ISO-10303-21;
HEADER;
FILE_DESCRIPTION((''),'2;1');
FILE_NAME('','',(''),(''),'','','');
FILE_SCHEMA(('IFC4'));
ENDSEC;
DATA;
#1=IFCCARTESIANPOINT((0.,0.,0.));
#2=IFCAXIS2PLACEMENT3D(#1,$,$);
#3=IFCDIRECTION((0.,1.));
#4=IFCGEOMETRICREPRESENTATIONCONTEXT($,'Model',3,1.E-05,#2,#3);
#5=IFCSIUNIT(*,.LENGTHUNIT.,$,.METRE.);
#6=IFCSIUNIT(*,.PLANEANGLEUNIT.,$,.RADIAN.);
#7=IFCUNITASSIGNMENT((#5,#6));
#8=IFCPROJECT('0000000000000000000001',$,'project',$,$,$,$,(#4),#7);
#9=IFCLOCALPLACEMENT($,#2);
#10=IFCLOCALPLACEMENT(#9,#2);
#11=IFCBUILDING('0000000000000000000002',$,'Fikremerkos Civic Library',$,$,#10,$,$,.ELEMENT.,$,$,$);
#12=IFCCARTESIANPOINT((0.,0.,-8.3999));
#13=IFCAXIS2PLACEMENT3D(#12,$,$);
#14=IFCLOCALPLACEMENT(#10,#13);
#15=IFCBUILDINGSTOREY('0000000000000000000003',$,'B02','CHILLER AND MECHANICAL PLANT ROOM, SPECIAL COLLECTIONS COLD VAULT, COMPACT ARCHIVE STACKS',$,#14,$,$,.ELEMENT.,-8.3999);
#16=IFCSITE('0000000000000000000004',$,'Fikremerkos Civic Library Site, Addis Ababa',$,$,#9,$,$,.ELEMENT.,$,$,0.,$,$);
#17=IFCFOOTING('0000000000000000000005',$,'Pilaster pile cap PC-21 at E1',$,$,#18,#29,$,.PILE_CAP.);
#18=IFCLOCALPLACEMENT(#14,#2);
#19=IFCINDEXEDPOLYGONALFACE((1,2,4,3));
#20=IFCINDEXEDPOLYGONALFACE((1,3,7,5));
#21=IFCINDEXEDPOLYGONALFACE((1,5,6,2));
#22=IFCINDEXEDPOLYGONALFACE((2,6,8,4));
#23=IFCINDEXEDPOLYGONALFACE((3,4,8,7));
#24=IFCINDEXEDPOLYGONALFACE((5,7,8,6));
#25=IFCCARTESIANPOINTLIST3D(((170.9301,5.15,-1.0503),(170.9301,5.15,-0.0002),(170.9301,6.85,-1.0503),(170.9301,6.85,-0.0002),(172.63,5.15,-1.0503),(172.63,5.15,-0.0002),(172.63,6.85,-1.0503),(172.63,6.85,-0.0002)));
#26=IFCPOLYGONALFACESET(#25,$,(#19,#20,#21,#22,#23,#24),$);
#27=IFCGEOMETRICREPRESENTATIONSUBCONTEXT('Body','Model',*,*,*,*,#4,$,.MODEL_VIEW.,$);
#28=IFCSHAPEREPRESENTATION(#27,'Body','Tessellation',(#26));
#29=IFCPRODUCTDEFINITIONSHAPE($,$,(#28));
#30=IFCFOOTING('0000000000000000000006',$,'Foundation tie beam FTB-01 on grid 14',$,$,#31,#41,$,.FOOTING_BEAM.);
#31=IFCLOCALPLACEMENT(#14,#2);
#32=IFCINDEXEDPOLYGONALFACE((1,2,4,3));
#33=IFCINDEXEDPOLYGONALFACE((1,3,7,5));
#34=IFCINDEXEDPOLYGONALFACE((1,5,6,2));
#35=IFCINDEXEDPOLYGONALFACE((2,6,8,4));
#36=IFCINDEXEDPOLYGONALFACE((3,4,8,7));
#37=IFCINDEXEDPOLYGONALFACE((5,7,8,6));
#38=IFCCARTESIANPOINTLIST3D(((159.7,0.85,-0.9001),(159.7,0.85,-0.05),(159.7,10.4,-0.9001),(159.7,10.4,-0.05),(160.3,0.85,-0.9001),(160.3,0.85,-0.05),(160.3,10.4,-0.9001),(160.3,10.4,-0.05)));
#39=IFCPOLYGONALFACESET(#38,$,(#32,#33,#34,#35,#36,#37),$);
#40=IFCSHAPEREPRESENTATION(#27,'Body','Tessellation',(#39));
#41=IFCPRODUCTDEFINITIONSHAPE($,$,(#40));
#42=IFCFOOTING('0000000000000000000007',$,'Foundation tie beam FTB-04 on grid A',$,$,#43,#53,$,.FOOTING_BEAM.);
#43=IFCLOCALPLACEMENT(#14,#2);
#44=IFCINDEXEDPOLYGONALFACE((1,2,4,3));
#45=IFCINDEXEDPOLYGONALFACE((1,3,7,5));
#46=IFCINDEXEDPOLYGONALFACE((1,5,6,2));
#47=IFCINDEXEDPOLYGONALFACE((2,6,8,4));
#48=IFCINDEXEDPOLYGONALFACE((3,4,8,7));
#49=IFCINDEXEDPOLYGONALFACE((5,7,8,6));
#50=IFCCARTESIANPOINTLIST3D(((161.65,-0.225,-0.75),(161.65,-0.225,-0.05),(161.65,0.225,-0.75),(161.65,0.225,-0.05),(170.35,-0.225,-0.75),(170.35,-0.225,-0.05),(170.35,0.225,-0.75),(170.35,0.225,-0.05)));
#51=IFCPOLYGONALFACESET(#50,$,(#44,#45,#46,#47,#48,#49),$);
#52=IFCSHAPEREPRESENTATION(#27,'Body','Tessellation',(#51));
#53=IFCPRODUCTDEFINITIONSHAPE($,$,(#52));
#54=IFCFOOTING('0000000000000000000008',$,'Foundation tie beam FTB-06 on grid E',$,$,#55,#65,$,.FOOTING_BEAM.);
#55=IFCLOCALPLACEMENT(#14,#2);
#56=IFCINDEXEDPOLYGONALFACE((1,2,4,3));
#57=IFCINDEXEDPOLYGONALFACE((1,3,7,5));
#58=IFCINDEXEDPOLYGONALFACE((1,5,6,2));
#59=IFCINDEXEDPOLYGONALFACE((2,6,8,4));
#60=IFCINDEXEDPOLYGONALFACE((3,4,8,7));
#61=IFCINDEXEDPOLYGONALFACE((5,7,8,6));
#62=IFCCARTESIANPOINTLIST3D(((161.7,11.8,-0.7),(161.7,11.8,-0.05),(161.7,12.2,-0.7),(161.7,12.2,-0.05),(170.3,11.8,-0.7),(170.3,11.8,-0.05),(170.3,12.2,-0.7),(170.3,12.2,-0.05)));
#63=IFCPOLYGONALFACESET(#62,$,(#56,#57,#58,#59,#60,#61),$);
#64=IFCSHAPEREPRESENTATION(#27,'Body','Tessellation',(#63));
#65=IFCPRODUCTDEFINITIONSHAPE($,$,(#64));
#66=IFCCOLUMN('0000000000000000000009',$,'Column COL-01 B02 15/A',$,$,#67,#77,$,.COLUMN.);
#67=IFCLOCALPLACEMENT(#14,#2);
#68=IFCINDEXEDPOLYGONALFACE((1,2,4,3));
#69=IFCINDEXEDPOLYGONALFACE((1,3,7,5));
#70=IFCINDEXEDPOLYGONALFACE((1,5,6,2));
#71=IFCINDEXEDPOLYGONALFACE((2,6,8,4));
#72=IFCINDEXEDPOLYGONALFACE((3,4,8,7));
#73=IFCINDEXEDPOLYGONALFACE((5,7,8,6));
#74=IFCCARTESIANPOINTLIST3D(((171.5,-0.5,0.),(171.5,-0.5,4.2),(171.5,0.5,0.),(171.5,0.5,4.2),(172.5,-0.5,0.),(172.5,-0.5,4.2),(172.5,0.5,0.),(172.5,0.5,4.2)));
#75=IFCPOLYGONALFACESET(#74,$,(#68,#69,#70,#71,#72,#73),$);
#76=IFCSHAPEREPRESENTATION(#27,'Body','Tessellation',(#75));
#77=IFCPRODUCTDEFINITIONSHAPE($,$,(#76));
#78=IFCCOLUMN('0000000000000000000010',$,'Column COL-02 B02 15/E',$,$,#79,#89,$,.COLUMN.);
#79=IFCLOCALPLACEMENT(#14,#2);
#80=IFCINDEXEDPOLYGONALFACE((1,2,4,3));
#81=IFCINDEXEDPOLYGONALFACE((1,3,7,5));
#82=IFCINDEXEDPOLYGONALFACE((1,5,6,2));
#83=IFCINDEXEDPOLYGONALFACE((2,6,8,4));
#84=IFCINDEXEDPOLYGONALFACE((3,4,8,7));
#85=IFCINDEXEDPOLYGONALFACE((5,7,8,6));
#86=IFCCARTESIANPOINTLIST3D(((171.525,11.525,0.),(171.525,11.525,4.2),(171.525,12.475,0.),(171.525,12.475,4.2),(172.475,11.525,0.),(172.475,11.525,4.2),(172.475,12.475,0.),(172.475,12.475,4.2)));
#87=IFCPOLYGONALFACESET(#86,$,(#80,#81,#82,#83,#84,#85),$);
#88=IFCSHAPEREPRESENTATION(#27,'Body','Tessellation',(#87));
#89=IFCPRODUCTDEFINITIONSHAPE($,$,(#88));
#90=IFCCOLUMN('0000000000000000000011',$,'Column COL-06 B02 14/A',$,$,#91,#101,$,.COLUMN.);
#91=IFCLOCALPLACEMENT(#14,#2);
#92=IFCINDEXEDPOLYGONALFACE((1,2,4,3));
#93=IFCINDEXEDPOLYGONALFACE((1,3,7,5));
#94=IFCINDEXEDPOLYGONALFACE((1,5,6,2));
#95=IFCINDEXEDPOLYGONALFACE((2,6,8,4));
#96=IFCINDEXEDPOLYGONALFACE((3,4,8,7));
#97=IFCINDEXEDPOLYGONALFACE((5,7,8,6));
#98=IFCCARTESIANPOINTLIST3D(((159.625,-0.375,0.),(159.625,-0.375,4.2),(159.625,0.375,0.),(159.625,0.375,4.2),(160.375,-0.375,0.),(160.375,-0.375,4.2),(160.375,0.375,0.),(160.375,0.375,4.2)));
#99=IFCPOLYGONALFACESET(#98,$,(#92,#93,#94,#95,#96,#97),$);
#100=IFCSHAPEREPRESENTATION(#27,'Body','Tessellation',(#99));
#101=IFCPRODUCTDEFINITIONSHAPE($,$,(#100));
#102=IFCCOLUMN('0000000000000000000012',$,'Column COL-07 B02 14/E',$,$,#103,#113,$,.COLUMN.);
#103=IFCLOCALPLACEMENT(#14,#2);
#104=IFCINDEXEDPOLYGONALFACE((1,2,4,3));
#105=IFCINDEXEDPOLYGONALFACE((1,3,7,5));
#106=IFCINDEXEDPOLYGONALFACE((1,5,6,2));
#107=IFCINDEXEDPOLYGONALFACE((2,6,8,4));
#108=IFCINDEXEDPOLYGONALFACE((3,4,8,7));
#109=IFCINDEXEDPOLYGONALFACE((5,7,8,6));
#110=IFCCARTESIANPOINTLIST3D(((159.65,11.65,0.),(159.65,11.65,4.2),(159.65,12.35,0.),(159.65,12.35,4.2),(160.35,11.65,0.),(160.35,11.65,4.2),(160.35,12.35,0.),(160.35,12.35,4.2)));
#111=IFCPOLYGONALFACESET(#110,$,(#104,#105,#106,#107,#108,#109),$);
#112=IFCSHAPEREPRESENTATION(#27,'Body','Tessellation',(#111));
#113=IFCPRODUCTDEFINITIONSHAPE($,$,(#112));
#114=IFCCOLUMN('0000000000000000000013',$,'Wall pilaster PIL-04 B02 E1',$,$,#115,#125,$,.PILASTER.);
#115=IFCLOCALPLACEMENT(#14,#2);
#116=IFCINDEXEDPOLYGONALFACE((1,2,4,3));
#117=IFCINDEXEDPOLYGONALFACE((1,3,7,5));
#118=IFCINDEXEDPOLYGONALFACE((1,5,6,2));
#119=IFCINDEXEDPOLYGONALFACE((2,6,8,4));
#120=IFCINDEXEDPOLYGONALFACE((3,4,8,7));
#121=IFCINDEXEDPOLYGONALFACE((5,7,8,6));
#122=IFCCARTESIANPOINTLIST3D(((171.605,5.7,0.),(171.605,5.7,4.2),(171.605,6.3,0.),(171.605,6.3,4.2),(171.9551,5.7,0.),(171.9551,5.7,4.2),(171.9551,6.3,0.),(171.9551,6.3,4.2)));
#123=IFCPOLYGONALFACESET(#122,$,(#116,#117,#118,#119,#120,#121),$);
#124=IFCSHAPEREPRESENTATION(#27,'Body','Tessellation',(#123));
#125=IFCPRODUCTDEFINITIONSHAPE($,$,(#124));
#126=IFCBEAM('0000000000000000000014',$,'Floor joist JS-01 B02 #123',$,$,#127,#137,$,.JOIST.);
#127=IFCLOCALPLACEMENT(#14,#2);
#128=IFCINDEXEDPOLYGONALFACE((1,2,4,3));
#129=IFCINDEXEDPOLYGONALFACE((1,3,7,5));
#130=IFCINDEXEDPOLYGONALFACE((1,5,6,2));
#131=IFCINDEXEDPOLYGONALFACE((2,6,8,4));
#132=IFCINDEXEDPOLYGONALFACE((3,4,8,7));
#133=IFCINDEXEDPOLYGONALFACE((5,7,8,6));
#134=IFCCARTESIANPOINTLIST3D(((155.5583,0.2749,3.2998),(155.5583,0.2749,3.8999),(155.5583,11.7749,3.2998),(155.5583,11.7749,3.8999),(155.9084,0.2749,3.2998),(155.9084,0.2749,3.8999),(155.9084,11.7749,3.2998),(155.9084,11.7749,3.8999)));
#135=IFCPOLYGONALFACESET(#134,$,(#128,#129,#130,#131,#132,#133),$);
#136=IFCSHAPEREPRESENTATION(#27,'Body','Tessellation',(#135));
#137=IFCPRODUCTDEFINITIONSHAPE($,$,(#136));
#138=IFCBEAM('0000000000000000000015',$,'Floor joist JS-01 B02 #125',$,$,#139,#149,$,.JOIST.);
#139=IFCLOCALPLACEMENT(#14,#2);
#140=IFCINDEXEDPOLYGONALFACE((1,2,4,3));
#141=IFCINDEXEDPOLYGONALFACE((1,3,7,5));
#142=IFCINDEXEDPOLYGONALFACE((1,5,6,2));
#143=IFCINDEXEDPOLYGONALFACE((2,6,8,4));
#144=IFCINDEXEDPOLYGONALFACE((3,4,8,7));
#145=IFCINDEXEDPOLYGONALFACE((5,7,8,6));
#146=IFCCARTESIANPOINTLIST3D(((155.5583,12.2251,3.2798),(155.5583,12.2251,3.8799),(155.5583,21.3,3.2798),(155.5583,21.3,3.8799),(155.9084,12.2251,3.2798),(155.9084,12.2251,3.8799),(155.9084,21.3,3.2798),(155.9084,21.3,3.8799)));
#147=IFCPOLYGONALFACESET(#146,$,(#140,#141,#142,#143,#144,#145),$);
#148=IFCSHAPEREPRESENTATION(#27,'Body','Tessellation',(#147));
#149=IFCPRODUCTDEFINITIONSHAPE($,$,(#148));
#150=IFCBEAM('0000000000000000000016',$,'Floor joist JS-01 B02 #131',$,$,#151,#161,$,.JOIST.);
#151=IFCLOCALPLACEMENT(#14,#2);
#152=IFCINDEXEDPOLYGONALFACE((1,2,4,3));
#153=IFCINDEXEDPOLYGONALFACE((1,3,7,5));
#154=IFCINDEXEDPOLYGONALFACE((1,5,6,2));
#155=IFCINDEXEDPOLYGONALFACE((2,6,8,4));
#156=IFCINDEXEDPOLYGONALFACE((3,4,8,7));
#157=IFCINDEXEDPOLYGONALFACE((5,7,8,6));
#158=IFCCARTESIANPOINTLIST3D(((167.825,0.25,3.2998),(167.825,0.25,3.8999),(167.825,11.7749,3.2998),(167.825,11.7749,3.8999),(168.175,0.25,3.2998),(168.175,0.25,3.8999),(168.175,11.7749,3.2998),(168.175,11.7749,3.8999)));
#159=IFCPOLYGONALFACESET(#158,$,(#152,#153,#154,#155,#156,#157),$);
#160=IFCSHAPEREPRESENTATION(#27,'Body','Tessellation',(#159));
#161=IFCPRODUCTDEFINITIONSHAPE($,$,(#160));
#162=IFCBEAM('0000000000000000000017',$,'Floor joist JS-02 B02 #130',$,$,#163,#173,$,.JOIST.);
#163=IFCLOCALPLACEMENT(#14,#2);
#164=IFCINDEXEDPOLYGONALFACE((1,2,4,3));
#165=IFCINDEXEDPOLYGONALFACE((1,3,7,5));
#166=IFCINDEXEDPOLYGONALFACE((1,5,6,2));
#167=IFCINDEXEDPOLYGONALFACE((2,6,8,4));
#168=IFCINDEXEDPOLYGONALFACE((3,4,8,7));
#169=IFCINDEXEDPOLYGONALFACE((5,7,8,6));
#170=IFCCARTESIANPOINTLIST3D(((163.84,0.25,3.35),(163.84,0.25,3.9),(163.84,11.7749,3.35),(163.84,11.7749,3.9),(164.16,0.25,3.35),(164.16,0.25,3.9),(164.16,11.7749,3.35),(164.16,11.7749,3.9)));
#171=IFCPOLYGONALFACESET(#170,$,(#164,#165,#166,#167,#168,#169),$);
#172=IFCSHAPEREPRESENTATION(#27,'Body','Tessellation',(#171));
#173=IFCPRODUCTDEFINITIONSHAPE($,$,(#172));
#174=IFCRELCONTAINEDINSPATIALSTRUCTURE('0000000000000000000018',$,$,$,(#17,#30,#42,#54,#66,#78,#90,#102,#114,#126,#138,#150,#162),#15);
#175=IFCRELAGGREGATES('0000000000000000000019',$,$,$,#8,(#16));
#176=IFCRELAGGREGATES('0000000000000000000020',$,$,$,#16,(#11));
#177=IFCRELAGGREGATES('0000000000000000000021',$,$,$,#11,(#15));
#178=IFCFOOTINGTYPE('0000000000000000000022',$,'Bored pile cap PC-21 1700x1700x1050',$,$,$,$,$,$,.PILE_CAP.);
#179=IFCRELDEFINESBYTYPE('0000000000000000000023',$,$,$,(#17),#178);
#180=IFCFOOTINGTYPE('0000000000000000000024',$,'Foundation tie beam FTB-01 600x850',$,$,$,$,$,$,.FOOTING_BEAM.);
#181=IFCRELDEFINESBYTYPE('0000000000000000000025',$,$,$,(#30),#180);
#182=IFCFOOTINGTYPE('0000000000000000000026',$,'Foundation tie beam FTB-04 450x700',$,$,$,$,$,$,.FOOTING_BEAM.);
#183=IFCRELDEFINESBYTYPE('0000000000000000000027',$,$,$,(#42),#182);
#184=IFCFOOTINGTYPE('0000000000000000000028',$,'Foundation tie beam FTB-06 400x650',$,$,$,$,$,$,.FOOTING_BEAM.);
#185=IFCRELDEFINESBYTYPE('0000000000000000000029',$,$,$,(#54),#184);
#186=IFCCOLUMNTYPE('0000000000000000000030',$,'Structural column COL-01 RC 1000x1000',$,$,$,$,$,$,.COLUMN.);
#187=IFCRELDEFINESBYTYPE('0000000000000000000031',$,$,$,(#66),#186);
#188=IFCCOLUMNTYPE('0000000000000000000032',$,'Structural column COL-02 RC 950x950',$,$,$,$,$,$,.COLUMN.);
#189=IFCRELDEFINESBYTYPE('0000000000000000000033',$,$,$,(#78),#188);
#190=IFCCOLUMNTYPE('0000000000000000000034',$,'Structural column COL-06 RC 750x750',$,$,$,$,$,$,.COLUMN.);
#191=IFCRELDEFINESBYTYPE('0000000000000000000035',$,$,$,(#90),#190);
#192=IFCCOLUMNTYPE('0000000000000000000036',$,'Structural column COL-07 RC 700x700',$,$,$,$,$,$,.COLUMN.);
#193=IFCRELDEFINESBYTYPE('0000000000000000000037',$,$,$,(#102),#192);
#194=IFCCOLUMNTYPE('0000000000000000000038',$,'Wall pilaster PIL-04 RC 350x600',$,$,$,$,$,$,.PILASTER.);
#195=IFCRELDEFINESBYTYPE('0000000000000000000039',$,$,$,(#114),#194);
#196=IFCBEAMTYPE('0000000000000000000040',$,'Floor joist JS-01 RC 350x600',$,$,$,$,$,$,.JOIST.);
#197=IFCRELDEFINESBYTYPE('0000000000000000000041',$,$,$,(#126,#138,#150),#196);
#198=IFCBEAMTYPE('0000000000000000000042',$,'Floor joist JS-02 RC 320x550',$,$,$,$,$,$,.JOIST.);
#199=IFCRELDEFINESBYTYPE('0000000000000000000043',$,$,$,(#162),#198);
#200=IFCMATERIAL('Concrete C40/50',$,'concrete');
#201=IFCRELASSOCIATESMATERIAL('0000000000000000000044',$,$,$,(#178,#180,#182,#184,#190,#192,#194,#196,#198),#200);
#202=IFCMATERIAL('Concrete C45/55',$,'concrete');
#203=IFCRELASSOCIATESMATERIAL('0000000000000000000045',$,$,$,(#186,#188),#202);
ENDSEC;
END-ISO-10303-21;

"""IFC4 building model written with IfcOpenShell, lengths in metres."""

from ifc_helpers import new_model, si_unit, direction, frame, origin, origin_2d, place, context, subcontext, project, spatial, rectangle, extrude, material, material_profile, profile_set, type_object, element, save


model = new_model("IFC4")

# Units and contexts
model_context = context("Model", 3, precision=1e-05, world=origin(), true_north=direction((0.0, 1.0)))
body_context = subcontext(model_context, "Body", "Model", "MODEL_VIEW")
ifc_project = project(units=[si_unit("LENGTHUNIT", "METRE"), si_unit("PLANEANGLEUNIT", "RADIAN")], contexts=[model_context])

# Site, building, storey
site_placement = place(None, origin())
site = spatial("IfcSite", under=ifc_project, at=site_placement, Name="Fikremerkos Civic Library Site, Addis Ababa", CompositionType="ELEMENT", RefElevation=0.0)
building_placement = place(site_placement, origin())
building = spatial("IfcBuilding", under=site, at=building_placement, Name="Fikremerkos Civic Library", CompositionType="ELEMENT")
storey_placement = place(building_placement, frame((0.0, 0.0, -8.3999)))
storey = spatial("IfcBuildingStorey", under=building, at=storey_placement, Name="B02", Description="CHILLER AND MECHANICAL PLANT ROOM, SPECIAL COLLECTIONS COLD VAULT, COMPACT ARCHIVE STACKS", CompositionType="ELEMENT", Elevation=-8.3999)

# Footings
ifc_material_1 = material(Name="Concrete C40/50", Category="concrete")
footing_type_1 = type_object("IfcFootingType", Name="Bored pile cap PC-21 1700x1700x1050", PredefinedType="PILE_CAP", material=ifc_material_1)
footing_1_placement = place(storey_placement, frame((171.78, 6.0, -1.0503), z_axis=(0.0, 0.0, 1.0), x_axis=(1.0, 0.0, 0.0)))
element("IfcFooting", 1, at=footing_1_placement, inside=storey, type_object=footing_type_1, Name="Pilaster pile cap PC-21 at E1", PredefinedType="PILE_CAP", context=body_context, shape_type="SweptSolid", body=[
    extrude(rectangle(XDim=1.7, YDim=1.7, at=origin_2d()), origin(), (0.0, 0.0, 1.0), 1.05),
])
footing_type_2 = type_object("IfcFootingType", Name="Foundation tie beam FTB-01 600x850", PredefinedType="FOOTING_BEAM", material=ifc_material_1)
footing_2_placement = place(storey_placement, frame((160.0, 5.625, -0.9001), z_axis=(0.0, 0.0, 1.0), x_axis=(0.0, 1.0, 0.0)))
element("IfcFooting", 2, at=footing_2_placement, inside=storey, type_object=footing_type_2, Name="Foundation tie beam FTB-01 on grid 14", PredefinedType="FOOTING_BEAM", context=body_context, shape_type="SweptSolid", body=[
    extrude(rectangle(XDim=9.55, YDim=0.6001, at=origin_2d()), origin(), (0.0, 0.0, 1.0), 0.8501),
])
footing_type_3 = type_object("IfcFootingType", Name="Foundation tie beam FTB-04 450x700", PredefinedType="FOOTING_BEAM", material=ifc_material_1)
footing_3_placement = place(storey_placement, frame((166.0, 0.0, -0.75), z_axis=(0.0, 0.0, 1.0), x_axis=(1.0, 0.0, 0.0)))
element("IfcFooting", 3, at=footing_3_placement, inside=storey, type_object=footing_type_3, Name="Foundation tie beam FTB-04 on grid A", PredefinedType="FOOTING_BEAM", context=body_context, shape_type="SweptSolid", body=[
    extrude(rectangle(XDim=8.7, YDim=0.45, at=origin_2d()), origin(), (0.0, 0.0, 1.0), 0.7),
])
footing_type_4 = type_object("IfcFootingType", Name="Foundation tie beam FTB-06 400x650", PredefinedType="FOOTING_BEAM", material=ifc_material_1)
footing_4_placement = place(storey_placement, frame((166.0, 12.0, -0.7), z_axis=(0.0, 0.0, 1.0), x_axis=(1.0, 0.0, 0.0)))
element("IfcFooting", 4, at=footing_4_placement, inside=storey, type_object=footing_type_4, Name="Foundation tie beam FTB-06 on grid E", PredefinedType="FOOTING_BEAM", context=body_context, shape_type="SweptSolid", body=[
    extrude(rectangle(XDim=8.6001, YDim=0.3999, at=origin_2d()), origin(), (0.0, 0.0, 1.0), 0.6499),
])

# Columns
ifc_material_2 = material(Name="Concrete C45/55", Category="concrete")
ifc_material_profile_1 = material_profile(ifc_material_2, rectangle(XDim=1.0, YDim=1.0, at=origin_2d()), Name="RC 1000x1000")
ifc_profile_set_1 = profile_set([ifc_material_profile_1], Name="Concrete C45/55")
column_type_1 = type_object("IfcColumnType", Name="Structural column COL-01 RC 1000x1000", PredefinedType="COLUMN", material=ifc_profile_set_1)
column_1_placement = place(storey_placement, frame((172.0, 0.0, 0.0), z_axis=(0.0, 0.0, 1.0), x_axis=(1.0, 0.0, 0.0)))
element("IfcColumn", 5, at=column_1_placement, inside=storey, type_object=column_type_1, Name="Column COL-01 B02 15/A", PredefinedType="COLUMN", context=body_context, shape_type="SweptSolid", body=[
    extrude(rectangle(XDim=1.0, YDim=1.0, at=origin_2d()), origin(), (0.0, 0.0, 1.0), 4.2),
])
ifc_material_profile_2 = material_profile(ifc_material_2, rectangle(XDim=0.95, YDim=0.95, at=origin_2d()), Name="RC 950x950")
ifc_profile_set_2 = profile_set([ifc_material_profile_2], Name="Concrete C45/55")
column_type_2 = type_object("IfcColumnType", Name="Structural column COL-02 RC 950x950", PredefinedType="COLUMN", material=ifc_profile_set_2)
column_2_placement = place(storey_placement, frame((172.0, 12.0, 0.0), z_axis=(0.0, 0.0, 1.0), x_axis=(1.0, 0.0, 0.0)))
element("IfcColumn", 6, at=column_2_placement, inside=storey, type_object=column_type_2, Name="Column COL-02 B02 15/E", PredefinedType="COLUMN", context=body_context, shape_type="SweptSolid", body=[
    extrude(rectangle(XDim=0.95, YDim=0.95, at=origin_2d()), origin(), (0.0, 0.0, 1.0), 4.2),
])
ifc_material_profile_3 = material_profile(ifc_material_1, rectangle(XDim=0.75, YDim=0.75, at=origin_2d()), Name="RC 750x750")
ifc_profile_set_3 = profile_set([ifc_material_profile_3], Name="Concrete C40/50")
column_type_3 = type_object("IfcColumnType", Name="Structural column COL-06 RC 750x750", PredefinedType="COLUMN", material=ifc_profile_set_3)
column_3_placement = place(storey_placement, frame((160.0, 0.0, 0.0), z_axis=(0.0, 0.0, 1.0), x_axis=(1.0, 0.0, 0.0)))
element("IfcColumn", 7, at=column_3_placement, inside=storey, type_object=column_type_3, Name="Column COL-06 B02 14/A", PredefinedType="COLUMN", context=body_context, shape_type="SweptSolid", body=[
    extrude(rectangle(XDim=0.75, YDim=0.75, at=origin_2d()), origin(), (0.0, 0.0, 1.0), 4.2),
])
ifc_material_profile_4 = material_profile(ifc_material_1, rectangle(XDim=0.7, YDim=0.7, at=origin_2d()), Name="RC 700x700")
ifc_profile_set_4 = profile_set([ifc_material_profile_4], Name="Concrete C40/50")
column_type_4 = type_object("IfcColumnType", Name="Structural column COL-07 RC 700x700", PredefinedType="COLUMN", material=ifc_profile_set_4)
column_4_placement = place(storey_placement, frame((160.0, 12.0, 0.0), z_axis=(0.0, 0.0, 1.0), x_axis=(1.0, 0.0, 0.0)))
element("IfcColumn", 8, at=column_4_placement, inside=storey, type_object=column_type_4, Name="Column COL-07 B02 14/E", PredefinedType="COLUMN", context=body_context, shape_type="SweptSolid", body=[
    extrude(rectangle(XDim=0.7, YDim=0.7, at=origin_2d()), origin(), (0.0, 0.0, 1.0), 4.2),
])
ifc_material_profile_5 = material_profile(ifc_material_1, rectangle(XDim=0.3501, YDim=0.6001, at=origin_2d()), Name="RC 350x600")
ifc_profile_set_5 = profile_set([ifc_material_profile_5], Name="Concrete C40/50")
column_type_5 = type_object("IfcColumnType", Name="Wall pilaster PIL-04 RC 350x600", PredefinedType="PILASTER", material=ifc_profile_set_5)
column_5_placement = place(storey_placement, frame((171.78, 6.0, 0.0), z_axis=(0.0, 0.0, 1.0), x_axis=(1.0, 0.0, 0.0)))
element("IfcColumn", 9, at=column_5_placement, inside=storey, type_object=column_type_5, Name="Wall pilaster PIL-04 B02 E1", PredefinedType="PILASTER", context=body_context, shape_type="SweptSolid", body=[
    extrude(rectangle(XDim=0.3501, YDim=0.6001, at=origin_2d()), origin(), (0.0, 0.0, 1.0), 4.2),
])

# Beams
ifc_material_profile_6 = material_profile(ifc_material_1, rectangle(XDim=0.3501, YDim=0.6001, at=origin_2d()), Name="RC 350x600")
ifc_profile_set_6 = profile_set([ifc_material_profile_6], Name="Concrete C40/50")
beam_type_1 = type_object("IfcBeamType", Name="Floor joist JS-01 RC 350x600", PredefinedType="JOIST", material=ifc_profile_set_6)
beam_1_placement = place(storey_placement, frame((155.7334, 0.2749, 3.5999), z_axis=(0.0, 1.0, 0.0), x_axis=(-1.0, 0.0, 0.0)))
element("IfcBeam", 10, at=beam_1_placement, inside=storey, type_object=beam_type_1, Name="Floor joist JS-01 B02 #123", PredefinedType="JOIST", context=body_context, shape_type="SweptSolid", body=[
    extrude(rectangle(XDim=0.3501, YDim=0.6001, at=origin_2d()), origin(), (0.0, 0.0, 1.0), 11.5),
])
beam_2_placement = place(storey_placement, frame((155.7334, 12.2251, 3.5798), z_axis=(0.0, 1.0, 0.0), x_axis=(-1.0, 0.0, 0.0)))
element("IfcBeam", 11, at=beam_2_placement, inside=storey, type_object=beam_type_1, Name="Floor joist JS-01 B02 #125", PredefinedType="JOIST", context=body_context, shape_type="SweptSolid", body=[
    extrude(rectangle(XDim=0.3501, YDim=0.6001, at=origin_2d()), origin(), (0.0, 0.0, 1.0), 9.075),
])
beam_3_placement = place(storey_placement, frame((168.0, 0.25, 3.5999), z_axis=(0.0, 1.0, 0.0), x_axis=(-1.0, 0.0, 0.0)))
element("IfcBeam", 12, at=beam_3_placement, inside=storey, type_object=beam_type_1, Name="Floor joist JS-01 B02 #131", PredefinedType="JOIST", context=body_context, shape_type="SweptSolid", body=[
    extrude(rectangle(XDim=0.3501, YDim=0.6001, at=origin_2d()), origin(), (0.0, 0.0, 1.0), 11.5249),
])
ifc_material_profile_7 = material_profile(ifc_material_1, rectangle(XDim=0.3201, YDim=0.55, at=origin_2d()), Name="RC 320x550")
ifc_profile_set_7 = profile_set([ifc_material_profile_7], Name="Concrete C40/50")
beam_type_2 = type_object("IfcBeamType", Name="Floor joist JS-02 RC 320x550", PredefinedType="JOIST", material=ifc_profile_set_7)
beam_4_placement = place(storey_placement, frame((164.0, 0.25, 3.625), z_axis=(0.0, 1.0, 0.0), x_axis=(-1.0, 0.0, 0.0)))
element("IfcBeam", 13, at=beam_4_placement, inside=storey, type_object=beam_type_2, Name="Floor joist JS-02 B02 #130", PredefinedType="JOIST", context=body_context, shape_type="SweptSolid", body=[
    extrude(rectangle(XDim=0.3201, YDim=0.55, at=origin_2d()), origin(), (0.0, 0.0, 1.0), 11.5249),
])

save(model, "model.ifc")
